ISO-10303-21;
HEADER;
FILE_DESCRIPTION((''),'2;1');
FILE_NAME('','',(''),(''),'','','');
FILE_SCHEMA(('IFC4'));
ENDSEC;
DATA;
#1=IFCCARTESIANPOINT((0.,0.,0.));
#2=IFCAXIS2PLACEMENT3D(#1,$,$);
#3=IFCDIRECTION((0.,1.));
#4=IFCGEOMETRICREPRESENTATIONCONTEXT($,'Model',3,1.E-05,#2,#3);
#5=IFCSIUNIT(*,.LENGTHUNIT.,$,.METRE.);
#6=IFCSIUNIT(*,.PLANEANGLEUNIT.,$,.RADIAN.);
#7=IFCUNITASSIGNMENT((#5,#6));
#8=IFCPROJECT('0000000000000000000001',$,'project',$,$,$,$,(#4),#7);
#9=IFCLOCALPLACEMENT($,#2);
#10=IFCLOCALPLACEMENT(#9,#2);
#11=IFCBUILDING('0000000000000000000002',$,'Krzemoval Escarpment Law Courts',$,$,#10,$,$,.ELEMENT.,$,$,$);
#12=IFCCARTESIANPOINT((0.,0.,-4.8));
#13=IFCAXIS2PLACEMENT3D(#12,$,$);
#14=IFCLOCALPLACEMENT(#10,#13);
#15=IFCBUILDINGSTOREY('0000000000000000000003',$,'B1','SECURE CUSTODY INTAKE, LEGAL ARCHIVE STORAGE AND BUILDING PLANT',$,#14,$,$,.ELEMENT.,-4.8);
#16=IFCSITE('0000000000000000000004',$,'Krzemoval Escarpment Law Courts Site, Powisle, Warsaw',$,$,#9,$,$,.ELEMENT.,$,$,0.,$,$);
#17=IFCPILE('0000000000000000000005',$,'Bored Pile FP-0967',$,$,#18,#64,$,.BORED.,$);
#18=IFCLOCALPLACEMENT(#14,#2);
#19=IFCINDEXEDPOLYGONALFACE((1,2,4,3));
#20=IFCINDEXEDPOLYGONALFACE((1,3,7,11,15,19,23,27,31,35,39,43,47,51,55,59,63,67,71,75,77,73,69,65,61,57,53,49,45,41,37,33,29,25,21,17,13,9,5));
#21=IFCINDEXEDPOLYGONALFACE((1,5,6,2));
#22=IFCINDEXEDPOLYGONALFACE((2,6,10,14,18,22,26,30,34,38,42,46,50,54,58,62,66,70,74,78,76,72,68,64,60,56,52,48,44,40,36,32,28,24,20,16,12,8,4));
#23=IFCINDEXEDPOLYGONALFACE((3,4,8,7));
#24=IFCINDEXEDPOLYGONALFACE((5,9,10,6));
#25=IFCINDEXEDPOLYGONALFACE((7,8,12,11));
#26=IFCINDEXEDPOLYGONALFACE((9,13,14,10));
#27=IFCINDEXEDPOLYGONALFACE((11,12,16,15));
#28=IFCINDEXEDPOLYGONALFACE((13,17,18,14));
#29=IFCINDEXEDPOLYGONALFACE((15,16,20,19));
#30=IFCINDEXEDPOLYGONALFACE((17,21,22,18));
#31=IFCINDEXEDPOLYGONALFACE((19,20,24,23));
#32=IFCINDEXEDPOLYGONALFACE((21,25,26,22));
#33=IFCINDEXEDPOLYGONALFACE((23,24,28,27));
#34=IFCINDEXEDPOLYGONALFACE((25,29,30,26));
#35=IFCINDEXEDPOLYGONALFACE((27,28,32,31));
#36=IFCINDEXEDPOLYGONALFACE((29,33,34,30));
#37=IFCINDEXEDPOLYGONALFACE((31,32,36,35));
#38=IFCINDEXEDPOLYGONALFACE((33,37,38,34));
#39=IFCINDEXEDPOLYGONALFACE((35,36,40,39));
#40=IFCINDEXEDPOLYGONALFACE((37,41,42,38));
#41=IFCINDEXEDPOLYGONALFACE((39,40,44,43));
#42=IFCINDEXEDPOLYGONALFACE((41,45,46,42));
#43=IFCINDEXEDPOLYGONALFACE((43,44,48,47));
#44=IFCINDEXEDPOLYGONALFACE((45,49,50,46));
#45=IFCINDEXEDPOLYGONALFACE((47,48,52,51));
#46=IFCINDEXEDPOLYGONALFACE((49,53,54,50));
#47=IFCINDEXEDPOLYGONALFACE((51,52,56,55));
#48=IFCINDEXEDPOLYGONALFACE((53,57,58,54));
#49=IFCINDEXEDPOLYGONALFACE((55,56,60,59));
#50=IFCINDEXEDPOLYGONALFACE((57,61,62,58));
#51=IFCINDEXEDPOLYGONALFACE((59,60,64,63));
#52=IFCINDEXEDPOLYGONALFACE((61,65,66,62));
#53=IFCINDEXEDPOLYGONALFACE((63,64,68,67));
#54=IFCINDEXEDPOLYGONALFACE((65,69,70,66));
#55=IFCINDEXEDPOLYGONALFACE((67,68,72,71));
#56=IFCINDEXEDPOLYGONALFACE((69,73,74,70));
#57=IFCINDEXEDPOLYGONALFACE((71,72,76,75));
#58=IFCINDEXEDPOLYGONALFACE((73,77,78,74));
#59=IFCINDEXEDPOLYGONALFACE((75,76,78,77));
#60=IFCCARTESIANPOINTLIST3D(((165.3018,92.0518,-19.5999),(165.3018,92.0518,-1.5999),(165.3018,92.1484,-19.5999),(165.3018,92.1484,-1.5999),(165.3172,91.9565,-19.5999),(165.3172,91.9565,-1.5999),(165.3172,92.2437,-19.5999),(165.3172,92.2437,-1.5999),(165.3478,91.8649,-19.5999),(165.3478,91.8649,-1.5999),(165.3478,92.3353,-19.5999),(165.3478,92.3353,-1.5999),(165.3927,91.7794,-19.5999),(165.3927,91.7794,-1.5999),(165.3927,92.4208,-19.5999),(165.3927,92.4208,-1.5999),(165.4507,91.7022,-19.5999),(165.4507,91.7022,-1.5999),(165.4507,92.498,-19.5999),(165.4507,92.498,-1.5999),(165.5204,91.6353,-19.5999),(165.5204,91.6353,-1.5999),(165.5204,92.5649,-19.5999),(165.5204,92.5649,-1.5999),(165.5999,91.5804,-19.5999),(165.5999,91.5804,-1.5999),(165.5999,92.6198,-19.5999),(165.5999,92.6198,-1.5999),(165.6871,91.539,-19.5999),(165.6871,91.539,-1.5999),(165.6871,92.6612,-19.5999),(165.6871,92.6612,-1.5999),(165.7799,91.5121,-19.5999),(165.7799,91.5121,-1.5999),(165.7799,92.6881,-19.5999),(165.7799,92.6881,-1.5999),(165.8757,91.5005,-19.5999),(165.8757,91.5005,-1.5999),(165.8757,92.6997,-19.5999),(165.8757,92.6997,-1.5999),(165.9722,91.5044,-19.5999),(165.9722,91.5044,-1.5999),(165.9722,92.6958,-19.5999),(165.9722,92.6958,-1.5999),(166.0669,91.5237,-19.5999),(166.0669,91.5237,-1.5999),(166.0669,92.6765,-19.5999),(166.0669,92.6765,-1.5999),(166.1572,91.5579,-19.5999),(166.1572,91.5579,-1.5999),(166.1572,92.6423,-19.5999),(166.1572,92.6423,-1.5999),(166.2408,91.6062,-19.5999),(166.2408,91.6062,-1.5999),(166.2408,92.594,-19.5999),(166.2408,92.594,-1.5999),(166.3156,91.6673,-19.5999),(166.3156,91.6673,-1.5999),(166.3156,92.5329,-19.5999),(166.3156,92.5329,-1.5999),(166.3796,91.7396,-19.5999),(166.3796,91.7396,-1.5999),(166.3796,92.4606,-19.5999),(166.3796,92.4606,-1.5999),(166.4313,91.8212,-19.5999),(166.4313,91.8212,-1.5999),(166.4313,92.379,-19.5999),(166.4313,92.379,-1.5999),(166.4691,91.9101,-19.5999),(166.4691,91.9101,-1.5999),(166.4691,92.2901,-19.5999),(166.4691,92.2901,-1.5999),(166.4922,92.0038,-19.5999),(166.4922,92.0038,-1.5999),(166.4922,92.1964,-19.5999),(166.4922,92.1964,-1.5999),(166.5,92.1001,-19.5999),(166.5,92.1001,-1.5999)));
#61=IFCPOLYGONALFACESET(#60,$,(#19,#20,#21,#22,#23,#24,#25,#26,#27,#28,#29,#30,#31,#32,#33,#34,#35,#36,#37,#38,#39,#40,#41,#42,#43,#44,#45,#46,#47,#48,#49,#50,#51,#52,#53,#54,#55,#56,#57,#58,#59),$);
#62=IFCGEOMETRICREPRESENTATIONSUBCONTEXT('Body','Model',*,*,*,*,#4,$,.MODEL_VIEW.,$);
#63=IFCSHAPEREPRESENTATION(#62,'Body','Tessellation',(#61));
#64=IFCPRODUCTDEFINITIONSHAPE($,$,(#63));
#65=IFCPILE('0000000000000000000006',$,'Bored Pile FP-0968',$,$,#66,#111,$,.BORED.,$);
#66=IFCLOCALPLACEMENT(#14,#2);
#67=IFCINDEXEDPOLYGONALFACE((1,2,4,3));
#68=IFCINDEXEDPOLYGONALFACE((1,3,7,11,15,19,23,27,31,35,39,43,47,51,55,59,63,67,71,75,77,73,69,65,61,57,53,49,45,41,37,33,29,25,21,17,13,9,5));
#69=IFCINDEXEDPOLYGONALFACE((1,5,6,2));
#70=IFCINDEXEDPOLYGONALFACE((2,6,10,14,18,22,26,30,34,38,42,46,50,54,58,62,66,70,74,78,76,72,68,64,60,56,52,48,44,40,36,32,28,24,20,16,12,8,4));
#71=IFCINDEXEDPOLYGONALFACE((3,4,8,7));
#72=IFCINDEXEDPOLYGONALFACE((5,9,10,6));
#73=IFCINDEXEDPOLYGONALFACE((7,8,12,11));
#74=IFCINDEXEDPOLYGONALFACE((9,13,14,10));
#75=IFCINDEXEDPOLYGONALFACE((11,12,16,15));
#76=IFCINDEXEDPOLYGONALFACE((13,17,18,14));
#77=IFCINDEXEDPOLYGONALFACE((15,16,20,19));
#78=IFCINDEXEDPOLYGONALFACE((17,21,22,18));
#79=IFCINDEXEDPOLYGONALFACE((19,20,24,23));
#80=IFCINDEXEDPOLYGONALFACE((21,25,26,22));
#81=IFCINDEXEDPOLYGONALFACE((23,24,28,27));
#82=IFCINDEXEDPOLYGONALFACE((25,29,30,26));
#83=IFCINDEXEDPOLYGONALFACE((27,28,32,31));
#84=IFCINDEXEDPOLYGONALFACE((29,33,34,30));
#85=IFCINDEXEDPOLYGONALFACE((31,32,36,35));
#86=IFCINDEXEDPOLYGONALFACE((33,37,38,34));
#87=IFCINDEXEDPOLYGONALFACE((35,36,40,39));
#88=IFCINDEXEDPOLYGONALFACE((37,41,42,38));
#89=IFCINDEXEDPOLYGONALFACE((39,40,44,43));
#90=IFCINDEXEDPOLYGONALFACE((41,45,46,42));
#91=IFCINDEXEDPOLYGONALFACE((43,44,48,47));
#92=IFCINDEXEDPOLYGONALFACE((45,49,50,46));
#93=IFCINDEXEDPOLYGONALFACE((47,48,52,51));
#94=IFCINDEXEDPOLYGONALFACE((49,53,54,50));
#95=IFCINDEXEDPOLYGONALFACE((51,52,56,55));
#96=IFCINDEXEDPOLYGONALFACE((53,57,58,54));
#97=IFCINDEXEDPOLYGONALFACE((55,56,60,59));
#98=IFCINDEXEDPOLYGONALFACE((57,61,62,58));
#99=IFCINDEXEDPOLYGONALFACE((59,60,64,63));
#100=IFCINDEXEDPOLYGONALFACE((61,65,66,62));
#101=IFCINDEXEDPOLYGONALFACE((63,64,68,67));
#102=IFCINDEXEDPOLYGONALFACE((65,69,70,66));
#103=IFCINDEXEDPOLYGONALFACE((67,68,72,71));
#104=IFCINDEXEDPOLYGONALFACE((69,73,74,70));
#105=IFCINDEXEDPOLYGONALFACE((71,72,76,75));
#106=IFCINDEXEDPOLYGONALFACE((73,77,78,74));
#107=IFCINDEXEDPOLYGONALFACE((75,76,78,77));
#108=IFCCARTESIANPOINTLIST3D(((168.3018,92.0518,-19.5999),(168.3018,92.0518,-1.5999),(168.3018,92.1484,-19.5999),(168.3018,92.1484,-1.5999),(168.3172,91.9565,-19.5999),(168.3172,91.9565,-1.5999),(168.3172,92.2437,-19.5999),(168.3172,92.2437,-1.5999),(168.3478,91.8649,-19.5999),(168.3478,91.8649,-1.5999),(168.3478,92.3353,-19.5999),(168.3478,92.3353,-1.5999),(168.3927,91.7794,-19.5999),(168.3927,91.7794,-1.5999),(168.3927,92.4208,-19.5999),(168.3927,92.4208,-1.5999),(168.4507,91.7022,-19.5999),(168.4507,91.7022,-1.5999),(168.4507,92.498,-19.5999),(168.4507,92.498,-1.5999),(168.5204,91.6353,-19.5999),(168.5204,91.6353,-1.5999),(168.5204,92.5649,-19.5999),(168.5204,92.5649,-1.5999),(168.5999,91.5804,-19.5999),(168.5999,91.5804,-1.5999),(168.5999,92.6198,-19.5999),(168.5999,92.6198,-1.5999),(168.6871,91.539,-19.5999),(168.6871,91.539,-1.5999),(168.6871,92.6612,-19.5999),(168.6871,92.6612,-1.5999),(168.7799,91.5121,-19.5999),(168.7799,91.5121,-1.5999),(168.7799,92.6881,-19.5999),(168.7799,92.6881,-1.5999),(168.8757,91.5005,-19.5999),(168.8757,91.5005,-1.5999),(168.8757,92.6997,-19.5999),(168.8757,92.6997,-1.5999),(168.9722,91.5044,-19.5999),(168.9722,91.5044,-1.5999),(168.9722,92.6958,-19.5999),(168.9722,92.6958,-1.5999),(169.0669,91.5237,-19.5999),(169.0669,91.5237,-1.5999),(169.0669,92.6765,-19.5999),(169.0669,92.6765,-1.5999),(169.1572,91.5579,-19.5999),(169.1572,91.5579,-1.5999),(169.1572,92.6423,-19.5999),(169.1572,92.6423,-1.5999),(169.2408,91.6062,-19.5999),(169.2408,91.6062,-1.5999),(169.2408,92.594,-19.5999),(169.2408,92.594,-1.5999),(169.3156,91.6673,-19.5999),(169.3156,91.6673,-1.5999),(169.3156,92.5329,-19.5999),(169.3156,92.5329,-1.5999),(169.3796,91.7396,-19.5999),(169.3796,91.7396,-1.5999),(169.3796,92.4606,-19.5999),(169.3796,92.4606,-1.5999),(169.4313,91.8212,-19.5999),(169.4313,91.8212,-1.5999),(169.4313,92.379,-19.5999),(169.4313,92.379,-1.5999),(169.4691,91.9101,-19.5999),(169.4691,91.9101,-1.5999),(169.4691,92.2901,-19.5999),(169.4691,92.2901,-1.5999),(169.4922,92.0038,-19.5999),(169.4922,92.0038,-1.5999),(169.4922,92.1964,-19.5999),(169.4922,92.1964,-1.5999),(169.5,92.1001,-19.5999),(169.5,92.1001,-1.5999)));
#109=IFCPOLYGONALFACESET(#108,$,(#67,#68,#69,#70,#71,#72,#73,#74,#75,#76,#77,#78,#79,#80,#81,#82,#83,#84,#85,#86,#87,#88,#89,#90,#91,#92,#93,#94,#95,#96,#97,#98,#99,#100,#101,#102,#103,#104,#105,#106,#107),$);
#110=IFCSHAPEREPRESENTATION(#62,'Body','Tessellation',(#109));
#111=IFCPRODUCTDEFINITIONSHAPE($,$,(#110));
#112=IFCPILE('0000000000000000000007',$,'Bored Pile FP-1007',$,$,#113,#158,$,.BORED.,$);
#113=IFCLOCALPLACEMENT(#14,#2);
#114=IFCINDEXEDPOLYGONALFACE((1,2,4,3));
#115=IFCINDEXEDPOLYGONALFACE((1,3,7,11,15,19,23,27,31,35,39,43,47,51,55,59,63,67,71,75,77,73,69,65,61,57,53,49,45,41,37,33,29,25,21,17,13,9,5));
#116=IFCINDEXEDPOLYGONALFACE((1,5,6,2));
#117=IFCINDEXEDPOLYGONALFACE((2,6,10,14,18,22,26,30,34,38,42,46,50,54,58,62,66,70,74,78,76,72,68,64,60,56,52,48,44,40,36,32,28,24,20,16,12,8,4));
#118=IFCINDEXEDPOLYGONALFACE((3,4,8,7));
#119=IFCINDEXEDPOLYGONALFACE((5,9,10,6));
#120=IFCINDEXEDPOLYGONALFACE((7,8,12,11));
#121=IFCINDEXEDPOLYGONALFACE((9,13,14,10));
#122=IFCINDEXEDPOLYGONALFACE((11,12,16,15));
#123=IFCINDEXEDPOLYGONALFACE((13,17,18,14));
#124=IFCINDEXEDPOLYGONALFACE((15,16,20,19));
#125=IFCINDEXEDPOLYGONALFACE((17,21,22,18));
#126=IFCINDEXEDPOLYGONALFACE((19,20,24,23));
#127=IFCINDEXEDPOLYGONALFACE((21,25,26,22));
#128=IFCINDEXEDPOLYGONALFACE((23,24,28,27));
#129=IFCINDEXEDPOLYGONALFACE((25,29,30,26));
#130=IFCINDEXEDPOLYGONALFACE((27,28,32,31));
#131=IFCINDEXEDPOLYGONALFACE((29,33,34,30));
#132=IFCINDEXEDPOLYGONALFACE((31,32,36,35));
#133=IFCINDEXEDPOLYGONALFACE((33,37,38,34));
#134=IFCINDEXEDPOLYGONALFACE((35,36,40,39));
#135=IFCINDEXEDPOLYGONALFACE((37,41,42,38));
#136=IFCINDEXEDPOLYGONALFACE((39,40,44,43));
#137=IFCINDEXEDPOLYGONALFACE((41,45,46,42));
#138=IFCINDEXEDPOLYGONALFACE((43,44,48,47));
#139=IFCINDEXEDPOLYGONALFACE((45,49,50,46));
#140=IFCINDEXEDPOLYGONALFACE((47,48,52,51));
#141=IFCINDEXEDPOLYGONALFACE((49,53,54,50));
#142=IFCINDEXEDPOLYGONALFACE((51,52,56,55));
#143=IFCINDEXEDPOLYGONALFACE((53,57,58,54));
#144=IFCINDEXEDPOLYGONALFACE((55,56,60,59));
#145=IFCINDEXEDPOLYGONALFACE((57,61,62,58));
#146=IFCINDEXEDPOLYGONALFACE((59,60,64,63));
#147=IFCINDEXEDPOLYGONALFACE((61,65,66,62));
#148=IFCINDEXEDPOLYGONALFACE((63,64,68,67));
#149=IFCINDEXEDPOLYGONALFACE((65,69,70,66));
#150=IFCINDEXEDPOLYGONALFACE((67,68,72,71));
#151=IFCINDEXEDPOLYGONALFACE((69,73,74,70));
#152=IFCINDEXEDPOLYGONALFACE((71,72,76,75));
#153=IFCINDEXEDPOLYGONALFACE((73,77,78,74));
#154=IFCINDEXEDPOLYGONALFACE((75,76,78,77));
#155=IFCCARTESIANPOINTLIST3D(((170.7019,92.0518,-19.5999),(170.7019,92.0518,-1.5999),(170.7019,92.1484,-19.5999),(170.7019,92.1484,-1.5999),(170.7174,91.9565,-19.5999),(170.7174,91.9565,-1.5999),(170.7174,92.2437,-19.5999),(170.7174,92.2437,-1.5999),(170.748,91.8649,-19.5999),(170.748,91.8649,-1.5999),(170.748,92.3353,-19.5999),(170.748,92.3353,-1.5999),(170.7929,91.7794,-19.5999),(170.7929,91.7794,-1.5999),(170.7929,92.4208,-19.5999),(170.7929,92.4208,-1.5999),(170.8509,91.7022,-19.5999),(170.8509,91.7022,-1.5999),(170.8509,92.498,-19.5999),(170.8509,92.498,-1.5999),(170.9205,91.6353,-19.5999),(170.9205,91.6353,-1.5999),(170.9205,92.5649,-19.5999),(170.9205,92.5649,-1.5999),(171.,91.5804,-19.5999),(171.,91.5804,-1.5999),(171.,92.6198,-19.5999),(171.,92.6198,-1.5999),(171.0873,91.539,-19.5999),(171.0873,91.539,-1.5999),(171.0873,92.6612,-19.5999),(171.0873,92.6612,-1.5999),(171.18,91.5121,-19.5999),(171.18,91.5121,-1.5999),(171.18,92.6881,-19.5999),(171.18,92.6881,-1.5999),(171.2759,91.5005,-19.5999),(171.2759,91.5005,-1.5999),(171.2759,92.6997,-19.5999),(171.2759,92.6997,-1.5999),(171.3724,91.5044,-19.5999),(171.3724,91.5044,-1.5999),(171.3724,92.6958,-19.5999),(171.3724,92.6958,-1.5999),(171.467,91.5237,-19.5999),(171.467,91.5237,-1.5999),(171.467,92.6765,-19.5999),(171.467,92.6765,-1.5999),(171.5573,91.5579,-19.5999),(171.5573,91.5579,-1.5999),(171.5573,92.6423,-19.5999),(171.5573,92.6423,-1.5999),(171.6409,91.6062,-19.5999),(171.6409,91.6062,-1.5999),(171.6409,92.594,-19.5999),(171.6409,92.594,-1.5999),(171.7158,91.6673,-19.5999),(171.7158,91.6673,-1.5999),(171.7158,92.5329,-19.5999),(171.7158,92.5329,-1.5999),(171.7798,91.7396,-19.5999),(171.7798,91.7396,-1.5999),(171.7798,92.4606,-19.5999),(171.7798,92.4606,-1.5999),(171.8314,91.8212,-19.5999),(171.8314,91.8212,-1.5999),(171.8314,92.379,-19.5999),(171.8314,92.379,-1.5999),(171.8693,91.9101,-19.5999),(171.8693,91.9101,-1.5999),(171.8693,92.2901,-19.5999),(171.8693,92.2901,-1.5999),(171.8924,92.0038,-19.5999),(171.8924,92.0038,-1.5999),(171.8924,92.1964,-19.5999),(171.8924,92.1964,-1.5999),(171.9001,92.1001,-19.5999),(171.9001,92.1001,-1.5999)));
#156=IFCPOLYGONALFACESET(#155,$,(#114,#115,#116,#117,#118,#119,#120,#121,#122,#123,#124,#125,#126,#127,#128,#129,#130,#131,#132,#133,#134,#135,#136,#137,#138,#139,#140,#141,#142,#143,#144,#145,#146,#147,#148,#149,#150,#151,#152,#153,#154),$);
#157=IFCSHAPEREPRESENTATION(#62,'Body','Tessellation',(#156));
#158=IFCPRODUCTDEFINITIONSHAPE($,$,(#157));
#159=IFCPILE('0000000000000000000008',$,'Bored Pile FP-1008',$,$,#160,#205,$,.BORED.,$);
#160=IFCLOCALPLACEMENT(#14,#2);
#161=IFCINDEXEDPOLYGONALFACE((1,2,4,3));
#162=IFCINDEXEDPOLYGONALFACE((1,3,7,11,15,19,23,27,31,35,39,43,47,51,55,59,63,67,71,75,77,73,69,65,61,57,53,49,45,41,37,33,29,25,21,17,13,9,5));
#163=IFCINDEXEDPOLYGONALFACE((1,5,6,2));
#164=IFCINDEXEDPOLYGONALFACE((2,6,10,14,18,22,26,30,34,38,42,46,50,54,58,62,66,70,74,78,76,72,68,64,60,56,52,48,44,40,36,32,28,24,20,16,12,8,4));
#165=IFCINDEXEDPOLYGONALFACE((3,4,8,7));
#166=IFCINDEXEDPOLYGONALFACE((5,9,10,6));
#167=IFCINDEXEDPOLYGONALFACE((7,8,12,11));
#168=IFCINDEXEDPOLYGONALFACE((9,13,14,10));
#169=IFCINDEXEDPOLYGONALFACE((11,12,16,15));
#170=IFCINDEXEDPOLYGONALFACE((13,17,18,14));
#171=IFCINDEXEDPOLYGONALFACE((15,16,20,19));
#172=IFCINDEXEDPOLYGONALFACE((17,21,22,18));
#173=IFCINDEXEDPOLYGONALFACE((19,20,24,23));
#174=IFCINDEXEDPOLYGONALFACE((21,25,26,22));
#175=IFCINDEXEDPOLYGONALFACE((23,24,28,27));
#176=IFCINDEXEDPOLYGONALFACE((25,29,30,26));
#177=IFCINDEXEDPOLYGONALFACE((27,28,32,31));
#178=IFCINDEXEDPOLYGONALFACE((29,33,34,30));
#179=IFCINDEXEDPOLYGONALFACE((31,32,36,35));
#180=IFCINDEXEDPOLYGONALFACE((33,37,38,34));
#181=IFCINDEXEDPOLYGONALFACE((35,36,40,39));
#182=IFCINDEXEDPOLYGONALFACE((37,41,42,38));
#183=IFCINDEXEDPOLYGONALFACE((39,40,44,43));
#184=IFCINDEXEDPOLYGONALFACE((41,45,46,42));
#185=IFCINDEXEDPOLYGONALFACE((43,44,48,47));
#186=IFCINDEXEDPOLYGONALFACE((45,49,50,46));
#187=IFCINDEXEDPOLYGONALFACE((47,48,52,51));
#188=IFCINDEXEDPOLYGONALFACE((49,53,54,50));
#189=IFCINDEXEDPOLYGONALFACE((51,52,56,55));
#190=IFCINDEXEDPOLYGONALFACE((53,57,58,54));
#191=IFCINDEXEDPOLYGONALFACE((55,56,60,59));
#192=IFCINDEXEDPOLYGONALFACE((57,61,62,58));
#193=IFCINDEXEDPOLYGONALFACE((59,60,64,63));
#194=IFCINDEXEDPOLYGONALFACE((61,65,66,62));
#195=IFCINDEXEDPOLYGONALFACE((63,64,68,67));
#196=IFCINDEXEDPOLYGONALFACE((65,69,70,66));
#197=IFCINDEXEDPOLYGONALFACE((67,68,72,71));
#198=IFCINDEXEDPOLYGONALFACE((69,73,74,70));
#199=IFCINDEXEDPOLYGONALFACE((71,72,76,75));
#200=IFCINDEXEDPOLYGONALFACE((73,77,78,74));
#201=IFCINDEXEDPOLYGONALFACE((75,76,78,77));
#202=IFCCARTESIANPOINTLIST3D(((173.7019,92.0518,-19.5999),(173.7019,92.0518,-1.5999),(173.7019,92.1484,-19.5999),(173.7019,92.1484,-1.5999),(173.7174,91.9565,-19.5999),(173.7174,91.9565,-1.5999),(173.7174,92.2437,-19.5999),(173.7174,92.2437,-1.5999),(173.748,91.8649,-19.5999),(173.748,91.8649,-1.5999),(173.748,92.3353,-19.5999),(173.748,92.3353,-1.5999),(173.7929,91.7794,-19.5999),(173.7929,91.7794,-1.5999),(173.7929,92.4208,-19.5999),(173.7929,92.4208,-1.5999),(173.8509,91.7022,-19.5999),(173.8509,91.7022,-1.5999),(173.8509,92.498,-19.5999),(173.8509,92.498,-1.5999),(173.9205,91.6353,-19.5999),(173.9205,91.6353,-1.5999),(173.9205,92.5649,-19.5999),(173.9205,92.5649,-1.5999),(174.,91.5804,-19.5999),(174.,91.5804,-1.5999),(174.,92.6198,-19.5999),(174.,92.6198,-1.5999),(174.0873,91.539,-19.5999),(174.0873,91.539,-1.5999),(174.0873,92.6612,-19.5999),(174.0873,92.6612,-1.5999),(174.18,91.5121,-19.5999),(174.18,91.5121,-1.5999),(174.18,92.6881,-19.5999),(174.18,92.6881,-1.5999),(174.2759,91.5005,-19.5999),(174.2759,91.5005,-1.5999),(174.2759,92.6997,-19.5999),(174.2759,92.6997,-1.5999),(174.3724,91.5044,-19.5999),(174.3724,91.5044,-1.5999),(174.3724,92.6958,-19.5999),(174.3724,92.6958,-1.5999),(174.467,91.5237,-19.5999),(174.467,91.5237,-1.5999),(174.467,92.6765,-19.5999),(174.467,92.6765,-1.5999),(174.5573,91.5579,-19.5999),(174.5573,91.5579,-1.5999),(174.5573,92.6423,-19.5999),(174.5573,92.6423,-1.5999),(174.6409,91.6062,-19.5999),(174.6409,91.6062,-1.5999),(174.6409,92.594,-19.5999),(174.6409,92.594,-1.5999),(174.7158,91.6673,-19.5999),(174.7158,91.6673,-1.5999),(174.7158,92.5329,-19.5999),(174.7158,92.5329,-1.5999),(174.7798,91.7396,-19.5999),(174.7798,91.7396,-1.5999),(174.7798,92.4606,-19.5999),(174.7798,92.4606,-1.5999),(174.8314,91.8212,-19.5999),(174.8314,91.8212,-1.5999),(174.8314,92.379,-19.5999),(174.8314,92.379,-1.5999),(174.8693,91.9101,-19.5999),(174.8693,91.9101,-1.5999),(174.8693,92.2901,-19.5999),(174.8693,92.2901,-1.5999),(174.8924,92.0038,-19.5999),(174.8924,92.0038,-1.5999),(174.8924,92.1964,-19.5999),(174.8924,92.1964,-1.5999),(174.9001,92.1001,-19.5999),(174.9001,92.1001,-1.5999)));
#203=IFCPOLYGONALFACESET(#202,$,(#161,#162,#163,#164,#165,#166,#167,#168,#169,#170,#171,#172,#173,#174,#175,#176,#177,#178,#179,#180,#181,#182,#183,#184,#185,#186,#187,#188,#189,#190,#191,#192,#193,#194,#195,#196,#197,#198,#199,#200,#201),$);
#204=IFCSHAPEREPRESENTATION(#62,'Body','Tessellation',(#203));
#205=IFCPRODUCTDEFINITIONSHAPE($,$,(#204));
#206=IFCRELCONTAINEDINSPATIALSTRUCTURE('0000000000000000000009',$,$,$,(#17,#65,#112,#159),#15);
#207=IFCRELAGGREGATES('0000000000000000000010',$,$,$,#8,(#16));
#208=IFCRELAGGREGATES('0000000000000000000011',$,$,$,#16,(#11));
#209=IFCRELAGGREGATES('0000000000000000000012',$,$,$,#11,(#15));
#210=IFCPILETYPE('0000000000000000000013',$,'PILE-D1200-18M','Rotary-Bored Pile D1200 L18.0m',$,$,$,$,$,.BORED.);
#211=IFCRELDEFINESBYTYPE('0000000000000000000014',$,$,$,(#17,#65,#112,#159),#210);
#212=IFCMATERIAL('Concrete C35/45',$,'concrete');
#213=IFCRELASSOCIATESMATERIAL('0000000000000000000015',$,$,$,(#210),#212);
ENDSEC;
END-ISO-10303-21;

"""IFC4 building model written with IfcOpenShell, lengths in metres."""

from ifc_helpers import new_model, si_unit, direction, frame, origin, origin_2d, place, context, subcontext, project, spatial, circle, extrude, material, material_profile, profile_set, type_object, element, save


model = new_model("IFC4")

# Units and contexts
model_context = context("Model", 3, precision=1e-05, world=origin(), true_north=direction((0.0, 1.0)))
body_context = subcontext(model_context, "Body", "Model", "MODEL_VIEW")
ifc_project = project(units=[si_unit("LENGTHUNIT", "METRE"), si_unit("PLANEANGLEUNIT", "RADIAN")], contexts=[model_context])

# Site, building, storey
site_placement = place(None, origin())
site = spatial("IfcSite", under=ifc_project, at=site_placement, Name="Krzemoval Escarpment Law Courts Site, Powisle, Warsaw", CompositionType="ELEMENT", RefElevation=0.0)
building_placement = place(site_placement, origin())
building = spatial("IfcBuilding", under=site, at=building_placement, Name="Krzemoval Escarpment Law Courts", CompositionType="ELEMENT")
storey_placement = place(building_placement, frame((0.0, 0.0, -4.8)))
storey = spatial("IfcBuildingStorey", under=building, at=storey_placement, Name="B1", Description="SECURE CUSTODY INTAKE, LEGAL ARCHIVE STORAGE AND BUILDING PLANT", CompositionType="ELEMENT", Elevation=-4.8)

# Piles
ifc_material_1 = material(Name="Concrete C35/45", Category="concrete")
ifc_material_profile_1 = material_profile(ifc_material_1, circle(Radius=0.6001, at=origin_2d()), Name="PILE D1200")
ifc_profile_set_1 = profile_set([ifc_material_profile_1], Name="Concrete C35/45")
pile_type_1 = type_object("IfcPileType", Name="PILE-D1200-18M", Description="Rotary-Bored Pile D1200 L18.0m", PredefinedType="BORED", material=ifc_profile_set_1)
for number, where, z_axis, x_axis, name in (
    (1, (165.8999, 92.1001, -1.5999), (0.0, 0.0, -1.0), (1.0, 0.0, 0.0), "Bored Pile FP-0967"),
    (2, (168.8999, 92.1001, -1.5999), (0.0, 0.0, -1.0), (1.0, 0.0, 0.0), "Bored Pile FP-0968"),
    (3, (171.3, 92.1001, -1.5999), (0.0, 0.0, -1.0), (1.0, 0.0, 0.0), "Bored Pile FP-1007"),
    (4, (174.3, 92.1001, -1.5999), (0.0, 0.0, -1.0), (1.0, 0.0, 0.0), "Bored Pile FP-1008"),
):
    element("IfcPile", number, at=place(storey_placement, frame(where, z_axis=z_axis, x_axis=x_axis)), inside=storey, type_object=pile_type_1, Name=name, PredefinedType="BORED", context=body_context, shape_type="SweptSolid", body=[
        extrude(circle(Radius=0.6001, at=origin_2d()), origin(), (0.0, 0.0, 1.0), 18.0),
    ])

save(model, "model.ifc")
